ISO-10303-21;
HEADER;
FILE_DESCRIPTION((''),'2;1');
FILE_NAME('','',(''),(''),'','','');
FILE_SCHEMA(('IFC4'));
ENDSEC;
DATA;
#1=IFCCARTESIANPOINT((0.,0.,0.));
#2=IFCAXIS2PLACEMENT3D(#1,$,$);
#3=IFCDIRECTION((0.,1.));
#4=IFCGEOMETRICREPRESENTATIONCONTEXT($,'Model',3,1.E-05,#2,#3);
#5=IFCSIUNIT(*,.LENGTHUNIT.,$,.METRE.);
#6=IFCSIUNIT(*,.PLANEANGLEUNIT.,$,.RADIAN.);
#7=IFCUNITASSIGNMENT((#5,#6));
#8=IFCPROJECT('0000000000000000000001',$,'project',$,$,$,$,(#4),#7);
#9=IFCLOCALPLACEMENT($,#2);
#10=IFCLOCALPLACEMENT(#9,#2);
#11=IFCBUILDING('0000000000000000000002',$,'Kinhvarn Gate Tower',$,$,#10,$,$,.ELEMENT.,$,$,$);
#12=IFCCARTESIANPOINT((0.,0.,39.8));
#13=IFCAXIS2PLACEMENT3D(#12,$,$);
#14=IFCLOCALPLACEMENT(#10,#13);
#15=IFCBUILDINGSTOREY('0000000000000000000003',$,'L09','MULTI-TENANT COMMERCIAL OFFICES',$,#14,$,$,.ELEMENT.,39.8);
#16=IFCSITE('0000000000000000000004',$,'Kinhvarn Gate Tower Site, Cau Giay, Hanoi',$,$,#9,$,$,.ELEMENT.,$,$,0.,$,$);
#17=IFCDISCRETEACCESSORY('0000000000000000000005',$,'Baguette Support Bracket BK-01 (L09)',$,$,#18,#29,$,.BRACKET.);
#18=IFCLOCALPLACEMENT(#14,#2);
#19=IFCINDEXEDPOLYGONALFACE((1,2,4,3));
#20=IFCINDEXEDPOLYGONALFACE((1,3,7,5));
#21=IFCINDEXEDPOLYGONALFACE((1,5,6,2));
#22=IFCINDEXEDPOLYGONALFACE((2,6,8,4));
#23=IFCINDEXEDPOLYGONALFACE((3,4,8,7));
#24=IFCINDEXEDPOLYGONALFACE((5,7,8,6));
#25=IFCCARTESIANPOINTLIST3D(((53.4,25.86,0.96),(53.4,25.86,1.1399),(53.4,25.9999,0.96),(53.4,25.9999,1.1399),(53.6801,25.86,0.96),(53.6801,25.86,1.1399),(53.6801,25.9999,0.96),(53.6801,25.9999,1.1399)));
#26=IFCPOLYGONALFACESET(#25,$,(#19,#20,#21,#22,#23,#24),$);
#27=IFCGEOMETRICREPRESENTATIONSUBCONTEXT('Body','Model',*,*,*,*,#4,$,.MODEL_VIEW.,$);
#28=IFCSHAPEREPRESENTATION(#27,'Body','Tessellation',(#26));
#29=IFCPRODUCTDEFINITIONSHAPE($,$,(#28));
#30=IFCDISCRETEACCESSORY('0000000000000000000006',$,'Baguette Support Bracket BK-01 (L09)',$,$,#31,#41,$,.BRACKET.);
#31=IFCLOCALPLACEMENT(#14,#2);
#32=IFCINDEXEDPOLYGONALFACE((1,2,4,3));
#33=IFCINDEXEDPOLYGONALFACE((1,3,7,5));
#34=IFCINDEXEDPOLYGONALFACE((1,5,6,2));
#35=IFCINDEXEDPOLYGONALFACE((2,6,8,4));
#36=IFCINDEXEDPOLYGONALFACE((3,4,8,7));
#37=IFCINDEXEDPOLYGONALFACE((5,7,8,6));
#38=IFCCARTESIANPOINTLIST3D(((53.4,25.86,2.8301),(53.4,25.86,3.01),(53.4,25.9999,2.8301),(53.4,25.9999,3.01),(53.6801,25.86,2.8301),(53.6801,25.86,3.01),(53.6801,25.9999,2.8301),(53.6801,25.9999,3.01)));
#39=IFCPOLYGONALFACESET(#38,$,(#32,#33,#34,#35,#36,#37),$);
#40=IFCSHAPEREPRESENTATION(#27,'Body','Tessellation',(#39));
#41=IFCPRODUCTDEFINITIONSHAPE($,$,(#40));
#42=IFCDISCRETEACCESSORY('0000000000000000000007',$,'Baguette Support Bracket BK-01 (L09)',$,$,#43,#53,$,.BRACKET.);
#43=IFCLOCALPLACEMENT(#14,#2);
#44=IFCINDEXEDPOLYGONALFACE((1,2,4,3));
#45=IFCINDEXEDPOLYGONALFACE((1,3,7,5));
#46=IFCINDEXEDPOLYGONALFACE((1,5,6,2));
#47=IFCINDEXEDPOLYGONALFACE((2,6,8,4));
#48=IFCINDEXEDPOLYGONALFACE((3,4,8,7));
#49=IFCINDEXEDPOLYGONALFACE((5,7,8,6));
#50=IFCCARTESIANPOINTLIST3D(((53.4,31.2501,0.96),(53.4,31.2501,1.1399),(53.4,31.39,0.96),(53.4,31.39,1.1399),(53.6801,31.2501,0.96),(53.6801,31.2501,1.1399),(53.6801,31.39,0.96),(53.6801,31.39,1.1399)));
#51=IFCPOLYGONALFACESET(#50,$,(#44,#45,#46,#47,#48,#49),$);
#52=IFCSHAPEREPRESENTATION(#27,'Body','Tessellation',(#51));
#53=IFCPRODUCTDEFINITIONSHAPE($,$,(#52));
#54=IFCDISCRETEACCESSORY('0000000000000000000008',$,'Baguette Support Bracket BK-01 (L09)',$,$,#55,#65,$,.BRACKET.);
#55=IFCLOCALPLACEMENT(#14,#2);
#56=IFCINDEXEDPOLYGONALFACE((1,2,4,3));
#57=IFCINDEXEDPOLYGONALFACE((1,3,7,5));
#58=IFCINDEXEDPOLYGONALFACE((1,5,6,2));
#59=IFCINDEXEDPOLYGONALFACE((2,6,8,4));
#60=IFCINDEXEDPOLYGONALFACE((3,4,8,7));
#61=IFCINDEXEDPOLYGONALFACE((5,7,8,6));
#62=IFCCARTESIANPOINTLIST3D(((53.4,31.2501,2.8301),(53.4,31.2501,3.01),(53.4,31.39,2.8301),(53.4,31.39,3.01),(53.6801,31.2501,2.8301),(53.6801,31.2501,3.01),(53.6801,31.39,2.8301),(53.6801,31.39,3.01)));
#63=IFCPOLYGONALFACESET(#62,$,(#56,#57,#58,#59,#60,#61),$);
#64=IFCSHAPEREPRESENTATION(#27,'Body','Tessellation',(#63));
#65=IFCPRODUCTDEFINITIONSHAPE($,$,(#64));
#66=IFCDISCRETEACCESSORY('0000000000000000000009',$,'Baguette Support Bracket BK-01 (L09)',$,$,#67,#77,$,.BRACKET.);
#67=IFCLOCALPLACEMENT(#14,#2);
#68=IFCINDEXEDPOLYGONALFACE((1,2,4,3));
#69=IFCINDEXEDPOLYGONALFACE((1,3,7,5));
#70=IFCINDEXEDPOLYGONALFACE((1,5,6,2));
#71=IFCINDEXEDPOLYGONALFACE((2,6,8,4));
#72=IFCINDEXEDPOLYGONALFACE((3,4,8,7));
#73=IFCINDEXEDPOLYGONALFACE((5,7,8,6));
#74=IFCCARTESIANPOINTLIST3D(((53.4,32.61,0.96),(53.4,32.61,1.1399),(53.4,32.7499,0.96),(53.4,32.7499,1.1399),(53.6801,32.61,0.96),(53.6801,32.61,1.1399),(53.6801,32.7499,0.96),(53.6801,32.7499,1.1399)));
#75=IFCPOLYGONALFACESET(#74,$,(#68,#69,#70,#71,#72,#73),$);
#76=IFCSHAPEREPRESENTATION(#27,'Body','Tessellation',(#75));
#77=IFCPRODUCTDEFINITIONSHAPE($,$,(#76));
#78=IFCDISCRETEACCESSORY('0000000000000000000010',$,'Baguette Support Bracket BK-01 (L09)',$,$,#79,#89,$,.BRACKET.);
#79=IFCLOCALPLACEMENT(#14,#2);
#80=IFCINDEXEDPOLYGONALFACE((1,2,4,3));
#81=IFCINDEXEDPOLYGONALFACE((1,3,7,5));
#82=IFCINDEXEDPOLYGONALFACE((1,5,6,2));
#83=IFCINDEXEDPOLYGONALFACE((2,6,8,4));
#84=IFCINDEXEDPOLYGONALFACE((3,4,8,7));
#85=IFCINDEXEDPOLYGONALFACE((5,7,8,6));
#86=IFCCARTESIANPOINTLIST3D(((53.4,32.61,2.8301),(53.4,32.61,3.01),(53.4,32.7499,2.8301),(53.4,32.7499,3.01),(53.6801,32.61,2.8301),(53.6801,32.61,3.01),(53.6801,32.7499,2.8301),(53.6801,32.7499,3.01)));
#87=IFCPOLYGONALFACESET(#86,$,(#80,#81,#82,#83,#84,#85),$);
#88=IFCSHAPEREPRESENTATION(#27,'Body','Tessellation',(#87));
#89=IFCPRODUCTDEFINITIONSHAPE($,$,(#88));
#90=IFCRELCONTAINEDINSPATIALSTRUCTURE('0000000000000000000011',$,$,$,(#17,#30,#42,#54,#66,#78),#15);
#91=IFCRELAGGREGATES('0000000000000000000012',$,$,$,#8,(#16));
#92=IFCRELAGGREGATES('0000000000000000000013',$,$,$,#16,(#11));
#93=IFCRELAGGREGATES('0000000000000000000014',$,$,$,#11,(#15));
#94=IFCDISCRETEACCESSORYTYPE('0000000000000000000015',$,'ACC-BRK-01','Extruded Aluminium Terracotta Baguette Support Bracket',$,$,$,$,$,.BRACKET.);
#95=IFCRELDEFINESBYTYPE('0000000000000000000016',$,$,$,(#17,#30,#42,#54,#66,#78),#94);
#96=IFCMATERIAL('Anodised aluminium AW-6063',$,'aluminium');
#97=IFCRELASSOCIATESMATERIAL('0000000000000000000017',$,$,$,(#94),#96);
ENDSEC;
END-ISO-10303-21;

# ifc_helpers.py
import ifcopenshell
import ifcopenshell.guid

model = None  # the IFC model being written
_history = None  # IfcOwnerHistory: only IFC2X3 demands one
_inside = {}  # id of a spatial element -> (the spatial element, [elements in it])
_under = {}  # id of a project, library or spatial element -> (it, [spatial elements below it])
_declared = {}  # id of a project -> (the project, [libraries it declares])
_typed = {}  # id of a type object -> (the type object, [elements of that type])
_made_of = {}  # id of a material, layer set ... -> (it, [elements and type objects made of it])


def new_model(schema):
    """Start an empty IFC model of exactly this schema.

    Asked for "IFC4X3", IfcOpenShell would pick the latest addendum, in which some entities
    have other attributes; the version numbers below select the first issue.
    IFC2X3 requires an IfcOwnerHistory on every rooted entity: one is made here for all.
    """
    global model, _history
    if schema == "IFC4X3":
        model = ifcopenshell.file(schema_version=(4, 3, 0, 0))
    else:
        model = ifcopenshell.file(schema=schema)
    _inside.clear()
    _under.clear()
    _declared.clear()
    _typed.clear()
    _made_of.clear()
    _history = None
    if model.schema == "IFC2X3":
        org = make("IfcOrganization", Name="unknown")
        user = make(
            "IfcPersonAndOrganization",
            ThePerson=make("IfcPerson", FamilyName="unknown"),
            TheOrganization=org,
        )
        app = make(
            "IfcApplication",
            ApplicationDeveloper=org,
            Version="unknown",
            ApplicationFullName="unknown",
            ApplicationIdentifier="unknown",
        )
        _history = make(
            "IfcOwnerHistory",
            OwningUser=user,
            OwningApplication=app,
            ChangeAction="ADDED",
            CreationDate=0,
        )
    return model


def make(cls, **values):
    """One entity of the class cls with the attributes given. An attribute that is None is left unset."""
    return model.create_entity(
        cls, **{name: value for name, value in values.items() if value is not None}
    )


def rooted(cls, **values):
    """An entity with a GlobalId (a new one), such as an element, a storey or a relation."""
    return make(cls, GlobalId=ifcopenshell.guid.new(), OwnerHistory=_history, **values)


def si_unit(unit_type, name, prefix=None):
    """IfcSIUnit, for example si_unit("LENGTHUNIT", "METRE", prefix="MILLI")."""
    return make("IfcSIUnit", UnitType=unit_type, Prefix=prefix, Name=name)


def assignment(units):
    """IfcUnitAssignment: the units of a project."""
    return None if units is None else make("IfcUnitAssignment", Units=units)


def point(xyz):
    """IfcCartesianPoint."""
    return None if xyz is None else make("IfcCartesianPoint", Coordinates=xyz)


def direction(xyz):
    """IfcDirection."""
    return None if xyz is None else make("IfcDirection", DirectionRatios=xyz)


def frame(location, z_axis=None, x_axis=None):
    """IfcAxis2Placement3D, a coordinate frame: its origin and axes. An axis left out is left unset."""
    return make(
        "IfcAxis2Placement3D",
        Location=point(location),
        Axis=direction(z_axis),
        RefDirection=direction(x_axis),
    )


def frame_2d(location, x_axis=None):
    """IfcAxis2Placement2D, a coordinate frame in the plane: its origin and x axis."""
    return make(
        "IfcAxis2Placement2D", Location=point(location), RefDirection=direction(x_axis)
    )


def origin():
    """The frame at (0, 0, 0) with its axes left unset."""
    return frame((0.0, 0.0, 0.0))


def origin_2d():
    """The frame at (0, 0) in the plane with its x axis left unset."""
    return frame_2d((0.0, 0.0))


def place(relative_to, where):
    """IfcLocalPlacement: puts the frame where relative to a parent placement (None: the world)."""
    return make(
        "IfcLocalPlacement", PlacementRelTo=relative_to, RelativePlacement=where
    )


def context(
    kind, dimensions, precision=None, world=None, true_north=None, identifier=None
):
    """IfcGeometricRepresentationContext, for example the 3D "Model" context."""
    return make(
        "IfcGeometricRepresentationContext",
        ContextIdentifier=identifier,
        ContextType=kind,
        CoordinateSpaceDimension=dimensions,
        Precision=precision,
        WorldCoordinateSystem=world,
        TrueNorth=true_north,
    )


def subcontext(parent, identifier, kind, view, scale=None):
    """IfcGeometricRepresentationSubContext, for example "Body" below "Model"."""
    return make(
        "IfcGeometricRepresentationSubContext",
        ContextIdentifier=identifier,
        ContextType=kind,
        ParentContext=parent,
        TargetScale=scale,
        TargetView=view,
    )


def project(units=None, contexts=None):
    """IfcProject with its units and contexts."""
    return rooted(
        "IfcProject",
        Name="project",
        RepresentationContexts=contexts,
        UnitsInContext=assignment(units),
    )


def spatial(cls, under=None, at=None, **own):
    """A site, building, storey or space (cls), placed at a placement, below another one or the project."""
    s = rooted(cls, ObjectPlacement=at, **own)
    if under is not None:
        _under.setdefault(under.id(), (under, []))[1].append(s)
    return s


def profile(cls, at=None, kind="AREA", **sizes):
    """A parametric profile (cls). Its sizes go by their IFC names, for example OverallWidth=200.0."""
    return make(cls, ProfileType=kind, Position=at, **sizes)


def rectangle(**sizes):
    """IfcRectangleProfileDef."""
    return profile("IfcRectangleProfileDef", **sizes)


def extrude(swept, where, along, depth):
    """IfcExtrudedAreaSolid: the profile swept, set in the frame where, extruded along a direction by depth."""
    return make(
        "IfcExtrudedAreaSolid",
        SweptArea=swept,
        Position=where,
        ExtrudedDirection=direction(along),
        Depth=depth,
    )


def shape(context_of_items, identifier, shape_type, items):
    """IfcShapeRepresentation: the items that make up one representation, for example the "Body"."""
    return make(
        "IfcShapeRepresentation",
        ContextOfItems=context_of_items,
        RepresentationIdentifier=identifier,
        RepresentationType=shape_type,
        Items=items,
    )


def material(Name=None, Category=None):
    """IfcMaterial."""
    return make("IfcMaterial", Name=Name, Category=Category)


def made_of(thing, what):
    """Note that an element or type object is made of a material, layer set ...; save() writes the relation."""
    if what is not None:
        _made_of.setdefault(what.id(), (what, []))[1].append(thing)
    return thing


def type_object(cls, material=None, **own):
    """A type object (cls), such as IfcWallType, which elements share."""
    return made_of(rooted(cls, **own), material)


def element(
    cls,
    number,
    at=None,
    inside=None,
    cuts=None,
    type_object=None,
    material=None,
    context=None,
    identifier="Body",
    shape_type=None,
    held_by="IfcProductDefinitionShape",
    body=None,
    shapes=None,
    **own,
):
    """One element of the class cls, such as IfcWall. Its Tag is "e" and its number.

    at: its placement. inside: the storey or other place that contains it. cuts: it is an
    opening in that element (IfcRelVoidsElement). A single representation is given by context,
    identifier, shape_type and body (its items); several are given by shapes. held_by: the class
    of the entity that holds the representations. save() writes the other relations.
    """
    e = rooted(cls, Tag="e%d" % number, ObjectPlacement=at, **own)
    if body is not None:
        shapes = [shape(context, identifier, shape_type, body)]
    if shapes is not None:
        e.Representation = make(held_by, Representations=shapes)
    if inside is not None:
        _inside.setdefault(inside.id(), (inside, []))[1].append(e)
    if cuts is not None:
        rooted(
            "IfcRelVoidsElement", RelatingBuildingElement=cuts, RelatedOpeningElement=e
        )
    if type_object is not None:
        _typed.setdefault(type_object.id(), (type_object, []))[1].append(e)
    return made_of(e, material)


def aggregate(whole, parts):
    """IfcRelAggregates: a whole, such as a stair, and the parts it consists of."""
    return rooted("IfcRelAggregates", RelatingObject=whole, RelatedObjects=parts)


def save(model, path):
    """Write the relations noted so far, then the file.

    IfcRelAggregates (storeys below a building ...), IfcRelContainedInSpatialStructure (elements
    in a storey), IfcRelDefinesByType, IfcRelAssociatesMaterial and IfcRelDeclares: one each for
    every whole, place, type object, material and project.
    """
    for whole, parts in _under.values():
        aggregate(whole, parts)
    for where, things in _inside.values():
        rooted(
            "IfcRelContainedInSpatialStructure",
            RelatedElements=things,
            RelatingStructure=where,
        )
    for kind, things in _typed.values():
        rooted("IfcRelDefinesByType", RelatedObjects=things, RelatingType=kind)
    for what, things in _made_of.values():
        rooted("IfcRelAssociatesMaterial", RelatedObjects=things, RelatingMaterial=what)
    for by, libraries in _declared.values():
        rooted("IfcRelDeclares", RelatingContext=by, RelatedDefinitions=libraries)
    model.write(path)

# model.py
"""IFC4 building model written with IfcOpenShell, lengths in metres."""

from ifc_helpers import new_model, si_unit, direction, frame, origin, origin_2d, place, context, subcontext, project, spatial, rectangle, extrude, material, type_object, element, save


model = new_model("IFC4")

# Units and contexts
model_context = context("Model", 3, precision=1e-05, world=origin(), true_north=direction((0.0, 1.0)))
body_context = subcontext(model_context, "Body", "Model", "MODEL_VIEW")
ifc_project = project(units=[si_unit("LENGTHUNIT", "METRE"), si_unit("PLANEANGLEUNIT", "RADIAN")], contexts=[model_context])

# Site, building, storey
site_placement = place(None, origin())
site = spatial("IfcSite", under=ifc_project, at=site_placement, Name="Kinhvarn Gate Tower Site, Cau Giay, Hanoi", CompositionType="ELEMENT", RefElevation=0.0)
building_placement = place(site_placement, origin())
building = spatial("IfcBuilding", under=site, at=building_placement, Name="Kinhvarn Gate Tower", CompositionType="ELEMENT")
storey_placement = place(building_placement, frame((0.0, 0.0, 39.8)))
storey = spatial("IfcBuildingStorey", under=building, at=storey_placement, Name="L09", Description="MULTI-TENANT COMMERCIAL OFFICES", CompositionType="ELEMENT", Elevation=39.8)

# Shared definitions
ifc_material_1 = material(Name="Anodised aluminium AW-6063", Category="aluminium")

# Discrete accessories
discrete_accessory_type = type_object("IfcDiscreteAccessoryType", Name="ACC-BRK-01", Description="Extruded Aluminium Terracotta Baguette Support Bracket", PredefinedType="BRACKET", material=ifc_material_1)
for number, where, z_axis, x_axis, name in (
    (1, (53.54, 25.9299, 0.96), (0.0, 0.0, 1.0), (0.0, 1.0, 0.0), "Baguette Support Bracket BK-01 (L09)"),
    (2, (53.54, 25.9299, 2.8301), (0.0, 0.0, 1.0), (0.0, 1.0, 0.0), "Baguette Support Bracket BK-01 (L09)"),
    (3, (53.54, 31.3201, 0.96), (0.0, 0.0, 1.0), (0.0, 1.0, 0.0), "Baguette Support Bracket BK-01 (L09)"),
    (4, (53.54, 31.3201, 2.8301), (0.0, 0.0, 1.0), (0.0, 1.0, 0.0), "Baguette Support Bracket BK-01 (L09)"),
    (5, (53.54, 32.6799, 0.96), (0.0, 0.0, 1.0), (0.0, 1.0, 0.0), "Baguette Support Bracket BK-01 (L09)"),
    (6, (53.54, 32.6799, 2.8301), (0.0, 0.0, 1.0), (0.0, 1.0, 0.0), "Baguette Support Bracket BK-01 (L09)"),
):
    element("IfcDiscreteAccessory", number, at=place(storey_placement, frame(where, z_axis=z_axis, x_axis=x_axis)), inside=storey, type_object=discrete_accessory_type, Name=name, PredefinedType="BRACKET", context=body_context, shape_type="SweptSolid", body=[
        extrude(rectangle(XDim=0.1399, YDim=0.28, at=origin_2d()), origin(), (0.0, 0.0, 1.0), 0.1799),
    ])

save(model, "model.ifc")
